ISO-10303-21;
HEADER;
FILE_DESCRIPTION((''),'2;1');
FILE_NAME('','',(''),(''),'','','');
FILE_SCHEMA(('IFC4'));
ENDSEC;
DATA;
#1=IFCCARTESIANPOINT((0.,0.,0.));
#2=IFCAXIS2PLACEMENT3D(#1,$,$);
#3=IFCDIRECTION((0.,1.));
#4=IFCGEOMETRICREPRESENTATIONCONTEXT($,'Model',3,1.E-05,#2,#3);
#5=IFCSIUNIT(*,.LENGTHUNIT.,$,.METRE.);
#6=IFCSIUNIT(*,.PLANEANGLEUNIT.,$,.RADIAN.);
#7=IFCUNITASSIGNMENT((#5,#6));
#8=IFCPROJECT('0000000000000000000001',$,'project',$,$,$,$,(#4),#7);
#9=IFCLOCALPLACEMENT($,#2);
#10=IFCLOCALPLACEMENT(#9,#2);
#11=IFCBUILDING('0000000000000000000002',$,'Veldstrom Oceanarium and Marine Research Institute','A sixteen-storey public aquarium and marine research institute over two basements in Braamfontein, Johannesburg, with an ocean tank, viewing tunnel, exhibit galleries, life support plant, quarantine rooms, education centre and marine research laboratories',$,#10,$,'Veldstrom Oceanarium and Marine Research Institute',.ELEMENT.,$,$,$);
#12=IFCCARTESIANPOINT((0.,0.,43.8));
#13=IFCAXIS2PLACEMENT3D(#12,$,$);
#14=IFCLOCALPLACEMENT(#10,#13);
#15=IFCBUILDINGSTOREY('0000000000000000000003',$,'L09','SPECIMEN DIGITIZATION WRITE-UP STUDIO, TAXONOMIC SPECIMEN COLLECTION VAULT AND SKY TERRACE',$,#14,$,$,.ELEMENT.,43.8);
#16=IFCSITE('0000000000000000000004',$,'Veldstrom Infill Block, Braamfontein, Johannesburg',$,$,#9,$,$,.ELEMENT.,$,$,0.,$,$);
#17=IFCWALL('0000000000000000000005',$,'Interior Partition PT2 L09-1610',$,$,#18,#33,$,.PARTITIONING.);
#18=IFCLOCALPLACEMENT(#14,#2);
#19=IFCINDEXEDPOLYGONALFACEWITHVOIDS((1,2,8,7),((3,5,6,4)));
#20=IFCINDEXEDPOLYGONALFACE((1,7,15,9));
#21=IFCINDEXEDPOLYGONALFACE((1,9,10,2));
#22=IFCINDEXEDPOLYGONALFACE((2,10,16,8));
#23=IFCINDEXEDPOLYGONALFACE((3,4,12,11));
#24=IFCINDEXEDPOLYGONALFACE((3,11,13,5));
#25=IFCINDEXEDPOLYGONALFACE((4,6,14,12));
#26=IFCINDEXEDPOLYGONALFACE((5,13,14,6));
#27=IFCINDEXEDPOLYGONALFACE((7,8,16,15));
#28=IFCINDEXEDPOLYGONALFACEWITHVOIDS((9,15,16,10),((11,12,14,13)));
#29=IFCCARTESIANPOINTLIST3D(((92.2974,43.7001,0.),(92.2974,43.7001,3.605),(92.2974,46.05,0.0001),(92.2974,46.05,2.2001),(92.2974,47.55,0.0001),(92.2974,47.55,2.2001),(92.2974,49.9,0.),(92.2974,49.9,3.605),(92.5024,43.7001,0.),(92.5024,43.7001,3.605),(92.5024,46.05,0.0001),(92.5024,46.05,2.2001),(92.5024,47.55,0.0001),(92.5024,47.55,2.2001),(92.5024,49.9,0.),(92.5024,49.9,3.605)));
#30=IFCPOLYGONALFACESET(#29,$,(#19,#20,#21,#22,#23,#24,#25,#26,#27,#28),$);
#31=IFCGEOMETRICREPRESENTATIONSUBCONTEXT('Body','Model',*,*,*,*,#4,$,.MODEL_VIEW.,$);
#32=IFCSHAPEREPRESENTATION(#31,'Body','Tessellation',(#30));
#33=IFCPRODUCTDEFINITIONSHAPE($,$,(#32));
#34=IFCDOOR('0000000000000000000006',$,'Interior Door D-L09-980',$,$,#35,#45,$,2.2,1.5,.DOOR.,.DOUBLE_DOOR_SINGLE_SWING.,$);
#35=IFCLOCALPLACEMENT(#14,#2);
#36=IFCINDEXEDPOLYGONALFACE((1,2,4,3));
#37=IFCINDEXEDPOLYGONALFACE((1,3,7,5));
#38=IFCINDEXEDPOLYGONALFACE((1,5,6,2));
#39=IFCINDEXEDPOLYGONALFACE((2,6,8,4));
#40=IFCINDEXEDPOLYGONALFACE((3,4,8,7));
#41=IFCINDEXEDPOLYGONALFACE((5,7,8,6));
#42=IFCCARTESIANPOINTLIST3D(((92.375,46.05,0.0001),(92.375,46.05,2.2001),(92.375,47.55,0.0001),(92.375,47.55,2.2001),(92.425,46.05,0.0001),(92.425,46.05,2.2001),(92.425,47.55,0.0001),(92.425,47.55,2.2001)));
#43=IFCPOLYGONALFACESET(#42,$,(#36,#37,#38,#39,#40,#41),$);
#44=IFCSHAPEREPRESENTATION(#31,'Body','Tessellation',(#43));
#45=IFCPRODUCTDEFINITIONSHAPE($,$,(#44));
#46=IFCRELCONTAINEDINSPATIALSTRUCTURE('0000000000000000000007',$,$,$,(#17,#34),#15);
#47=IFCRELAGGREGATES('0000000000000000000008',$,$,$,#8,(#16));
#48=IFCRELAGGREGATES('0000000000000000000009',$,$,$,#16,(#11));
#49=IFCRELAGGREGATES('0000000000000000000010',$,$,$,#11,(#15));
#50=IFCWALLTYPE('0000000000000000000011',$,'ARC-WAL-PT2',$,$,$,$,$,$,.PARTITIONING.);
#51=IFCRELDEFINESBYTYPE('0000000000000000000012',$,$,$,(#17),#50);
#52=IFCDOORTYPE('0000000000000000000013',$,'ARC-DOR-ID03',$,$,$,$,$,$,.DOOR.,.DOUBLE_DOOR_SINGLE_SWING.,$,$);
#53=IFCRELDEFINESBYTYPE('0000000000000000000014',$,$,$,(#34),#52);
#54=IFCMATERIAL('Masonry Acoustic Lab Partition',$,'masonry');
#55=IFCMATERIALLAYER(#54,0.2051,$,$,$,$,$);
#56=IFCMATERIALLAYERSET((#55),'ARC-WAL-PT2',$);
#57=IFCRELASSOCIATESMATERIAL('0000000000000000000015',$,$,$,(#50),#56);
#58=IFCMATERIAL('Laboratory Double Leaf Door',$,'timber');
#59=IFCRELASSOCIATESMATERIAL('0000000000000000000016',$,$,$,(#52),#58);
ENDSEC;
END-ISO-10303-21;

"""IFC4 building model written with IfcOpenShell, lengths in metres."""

from ifc_helpers import new_model, si_unit, direction, frame, frame_2d, origin, place, context, subcontext, project, spatial, rectangle, extrude, material, layer, layer_set, type_object, element, fill, save


model = new_model("IFC4")

# Units and contexts
model_context = context("Model", 3, precision=1e-05, world=origin(), true_north=direction((0.0, 1.0)))
body_context = subcontext(model_context, "Body", "Model", "MODEL_VIEW")
ifc_project = project(units=[si_unit("LENGTHUNIT", "METRE"), si_unit("PLANEANGLEUNIT", "RADIAN")], contexts=[model_context])

# Site, building, storey
site_placement = place(None, origin())
site = spatial("IfcSite", under=ifc_project, at=site_placement, Name="Veldstrom Infill Block, Braamfontein, Johannesburg", CompositionType="ELEMENT", RefElevation=0.0)
building_placement = place(site_placement, origin())
building = spatial("IfcBuilding", under=site, at=building_placement, Name="Veldstrom Oceanarium and Marine Research Institute", Description="A sixteen-storey public aquarium and marine research institute over two basements in Braamfontein, Johannesburg, with an ocean tank, viewing tunnel, exhibit galleries, life support plant, quarantine rooms, education centre and marine research laboratories", LongName="Veldstrom Oceanarium and Marine Research Institute", CompositionType="ELEMENT")
storey_placement = place(building_placement, frame((0.0, 0.0, 43.8)))
storey = spatial("IfcBuildingStorey", under=building, at=storey_placement, Name="L09", Description="SPECIMEN DIGITIZATION WRITE-UP STUDIO, TAXONOMIC SPECIMEN COLLECTION VAULT AND SKY TERRACE", CompositionType="ELEMENT", Elevation=43.8)

# Wall, opening, door
ifc_material_1 = material(Name="Masonry Acoustic Lab Partition", Category="masonry")
ifc_layer_1 = layer(ifc_material_1, 0.2051)
ifc_layer_set_1 = layer_set([ifc_layer_1], Name="ARC-WAL-PT2")
wall_type_1 = type_object("IfcWallType", Name="ARC-WAL-PT2", PredefinedType="PARTITIONING", material=ifc_layer_set_1)
wall_1_placement = place(storey_placement, frame((92.3999, 43.7, 0.0), z_axis=(0.0, 0.0, 1.0), x_axis=(0.0, 1.0, 0.0)))
wall_1 = element("IfcWall", 1, at=wall_1_placement, inside=storey, type_object=wall_type_1, Name="Interior Partition PT2 L09-1610", PredefinedType="PARTITIONING", context=body_context, shape_type="SweptSolid", body=[
    extrude(rectangle(XDim=6.2, YDim=0.2051, at=frame_2d((3.1001, 0.0))), origin(), (0.0, 0.0, 1.0), 3.605),
])
opening_1_placement = place(wall_1_placement, frame((2.3501, 0.0, 0.0)))
opening_1 = element("IfcOpeningElement", 2, at=opening_1_placement, cuts=wall_1, PredefinedType="OPENING", context=body_context, shape_type="SweptSolid", body=[
    extrude(rectangle(XDim=1.5, YDim=2.2, at=frame_2d((0.75, 1.1001))), frame((0.0, 0.1125, 0.0), z_axis=(0.0, -1.0, 0.0), x_axis=(1.0, 0.0, 0.0)), (0.0, 0.0, 1.0), 0.2251),
])
ifc_material_2 = material(Name="Laboratory Double Leaf Door", Category="timber")
door_type = type_object("IfcDoorType", Name="ARC-DOR-ID03", OperationType="DOUBLE_DOOR_SINGLE_SWING", PredefinedType="DOOR", material=ifc_material_2)
door_placement = place(opening_1_placement, origin())
door = element("IfcDoor", 3, at=door_placement, inside=storey, type_object=door_type, Name="Interior Door D-L09-980", OperationType="DOUBLE_DOOR_SINGLE_SWING", OverallHeight=2.2, OverallWidth=1.5, PredefinedType="DOOR", context=body_context, shape_type="SweptSolid", body=[
    extrude(rectangle(XDim=1.5, YDim=2.2, at=frame_2d((0.75, 1.1001))), frame((0.0, 0.0249, 0.0), z_axis=(0.0, -1.0, 0.0), x_axis=(1.0, 0.0, 0.0)), (0.0, 0.0, 1.0), 0.05),
])
fill(opening_1, door)

save(model, "model.ifc")
